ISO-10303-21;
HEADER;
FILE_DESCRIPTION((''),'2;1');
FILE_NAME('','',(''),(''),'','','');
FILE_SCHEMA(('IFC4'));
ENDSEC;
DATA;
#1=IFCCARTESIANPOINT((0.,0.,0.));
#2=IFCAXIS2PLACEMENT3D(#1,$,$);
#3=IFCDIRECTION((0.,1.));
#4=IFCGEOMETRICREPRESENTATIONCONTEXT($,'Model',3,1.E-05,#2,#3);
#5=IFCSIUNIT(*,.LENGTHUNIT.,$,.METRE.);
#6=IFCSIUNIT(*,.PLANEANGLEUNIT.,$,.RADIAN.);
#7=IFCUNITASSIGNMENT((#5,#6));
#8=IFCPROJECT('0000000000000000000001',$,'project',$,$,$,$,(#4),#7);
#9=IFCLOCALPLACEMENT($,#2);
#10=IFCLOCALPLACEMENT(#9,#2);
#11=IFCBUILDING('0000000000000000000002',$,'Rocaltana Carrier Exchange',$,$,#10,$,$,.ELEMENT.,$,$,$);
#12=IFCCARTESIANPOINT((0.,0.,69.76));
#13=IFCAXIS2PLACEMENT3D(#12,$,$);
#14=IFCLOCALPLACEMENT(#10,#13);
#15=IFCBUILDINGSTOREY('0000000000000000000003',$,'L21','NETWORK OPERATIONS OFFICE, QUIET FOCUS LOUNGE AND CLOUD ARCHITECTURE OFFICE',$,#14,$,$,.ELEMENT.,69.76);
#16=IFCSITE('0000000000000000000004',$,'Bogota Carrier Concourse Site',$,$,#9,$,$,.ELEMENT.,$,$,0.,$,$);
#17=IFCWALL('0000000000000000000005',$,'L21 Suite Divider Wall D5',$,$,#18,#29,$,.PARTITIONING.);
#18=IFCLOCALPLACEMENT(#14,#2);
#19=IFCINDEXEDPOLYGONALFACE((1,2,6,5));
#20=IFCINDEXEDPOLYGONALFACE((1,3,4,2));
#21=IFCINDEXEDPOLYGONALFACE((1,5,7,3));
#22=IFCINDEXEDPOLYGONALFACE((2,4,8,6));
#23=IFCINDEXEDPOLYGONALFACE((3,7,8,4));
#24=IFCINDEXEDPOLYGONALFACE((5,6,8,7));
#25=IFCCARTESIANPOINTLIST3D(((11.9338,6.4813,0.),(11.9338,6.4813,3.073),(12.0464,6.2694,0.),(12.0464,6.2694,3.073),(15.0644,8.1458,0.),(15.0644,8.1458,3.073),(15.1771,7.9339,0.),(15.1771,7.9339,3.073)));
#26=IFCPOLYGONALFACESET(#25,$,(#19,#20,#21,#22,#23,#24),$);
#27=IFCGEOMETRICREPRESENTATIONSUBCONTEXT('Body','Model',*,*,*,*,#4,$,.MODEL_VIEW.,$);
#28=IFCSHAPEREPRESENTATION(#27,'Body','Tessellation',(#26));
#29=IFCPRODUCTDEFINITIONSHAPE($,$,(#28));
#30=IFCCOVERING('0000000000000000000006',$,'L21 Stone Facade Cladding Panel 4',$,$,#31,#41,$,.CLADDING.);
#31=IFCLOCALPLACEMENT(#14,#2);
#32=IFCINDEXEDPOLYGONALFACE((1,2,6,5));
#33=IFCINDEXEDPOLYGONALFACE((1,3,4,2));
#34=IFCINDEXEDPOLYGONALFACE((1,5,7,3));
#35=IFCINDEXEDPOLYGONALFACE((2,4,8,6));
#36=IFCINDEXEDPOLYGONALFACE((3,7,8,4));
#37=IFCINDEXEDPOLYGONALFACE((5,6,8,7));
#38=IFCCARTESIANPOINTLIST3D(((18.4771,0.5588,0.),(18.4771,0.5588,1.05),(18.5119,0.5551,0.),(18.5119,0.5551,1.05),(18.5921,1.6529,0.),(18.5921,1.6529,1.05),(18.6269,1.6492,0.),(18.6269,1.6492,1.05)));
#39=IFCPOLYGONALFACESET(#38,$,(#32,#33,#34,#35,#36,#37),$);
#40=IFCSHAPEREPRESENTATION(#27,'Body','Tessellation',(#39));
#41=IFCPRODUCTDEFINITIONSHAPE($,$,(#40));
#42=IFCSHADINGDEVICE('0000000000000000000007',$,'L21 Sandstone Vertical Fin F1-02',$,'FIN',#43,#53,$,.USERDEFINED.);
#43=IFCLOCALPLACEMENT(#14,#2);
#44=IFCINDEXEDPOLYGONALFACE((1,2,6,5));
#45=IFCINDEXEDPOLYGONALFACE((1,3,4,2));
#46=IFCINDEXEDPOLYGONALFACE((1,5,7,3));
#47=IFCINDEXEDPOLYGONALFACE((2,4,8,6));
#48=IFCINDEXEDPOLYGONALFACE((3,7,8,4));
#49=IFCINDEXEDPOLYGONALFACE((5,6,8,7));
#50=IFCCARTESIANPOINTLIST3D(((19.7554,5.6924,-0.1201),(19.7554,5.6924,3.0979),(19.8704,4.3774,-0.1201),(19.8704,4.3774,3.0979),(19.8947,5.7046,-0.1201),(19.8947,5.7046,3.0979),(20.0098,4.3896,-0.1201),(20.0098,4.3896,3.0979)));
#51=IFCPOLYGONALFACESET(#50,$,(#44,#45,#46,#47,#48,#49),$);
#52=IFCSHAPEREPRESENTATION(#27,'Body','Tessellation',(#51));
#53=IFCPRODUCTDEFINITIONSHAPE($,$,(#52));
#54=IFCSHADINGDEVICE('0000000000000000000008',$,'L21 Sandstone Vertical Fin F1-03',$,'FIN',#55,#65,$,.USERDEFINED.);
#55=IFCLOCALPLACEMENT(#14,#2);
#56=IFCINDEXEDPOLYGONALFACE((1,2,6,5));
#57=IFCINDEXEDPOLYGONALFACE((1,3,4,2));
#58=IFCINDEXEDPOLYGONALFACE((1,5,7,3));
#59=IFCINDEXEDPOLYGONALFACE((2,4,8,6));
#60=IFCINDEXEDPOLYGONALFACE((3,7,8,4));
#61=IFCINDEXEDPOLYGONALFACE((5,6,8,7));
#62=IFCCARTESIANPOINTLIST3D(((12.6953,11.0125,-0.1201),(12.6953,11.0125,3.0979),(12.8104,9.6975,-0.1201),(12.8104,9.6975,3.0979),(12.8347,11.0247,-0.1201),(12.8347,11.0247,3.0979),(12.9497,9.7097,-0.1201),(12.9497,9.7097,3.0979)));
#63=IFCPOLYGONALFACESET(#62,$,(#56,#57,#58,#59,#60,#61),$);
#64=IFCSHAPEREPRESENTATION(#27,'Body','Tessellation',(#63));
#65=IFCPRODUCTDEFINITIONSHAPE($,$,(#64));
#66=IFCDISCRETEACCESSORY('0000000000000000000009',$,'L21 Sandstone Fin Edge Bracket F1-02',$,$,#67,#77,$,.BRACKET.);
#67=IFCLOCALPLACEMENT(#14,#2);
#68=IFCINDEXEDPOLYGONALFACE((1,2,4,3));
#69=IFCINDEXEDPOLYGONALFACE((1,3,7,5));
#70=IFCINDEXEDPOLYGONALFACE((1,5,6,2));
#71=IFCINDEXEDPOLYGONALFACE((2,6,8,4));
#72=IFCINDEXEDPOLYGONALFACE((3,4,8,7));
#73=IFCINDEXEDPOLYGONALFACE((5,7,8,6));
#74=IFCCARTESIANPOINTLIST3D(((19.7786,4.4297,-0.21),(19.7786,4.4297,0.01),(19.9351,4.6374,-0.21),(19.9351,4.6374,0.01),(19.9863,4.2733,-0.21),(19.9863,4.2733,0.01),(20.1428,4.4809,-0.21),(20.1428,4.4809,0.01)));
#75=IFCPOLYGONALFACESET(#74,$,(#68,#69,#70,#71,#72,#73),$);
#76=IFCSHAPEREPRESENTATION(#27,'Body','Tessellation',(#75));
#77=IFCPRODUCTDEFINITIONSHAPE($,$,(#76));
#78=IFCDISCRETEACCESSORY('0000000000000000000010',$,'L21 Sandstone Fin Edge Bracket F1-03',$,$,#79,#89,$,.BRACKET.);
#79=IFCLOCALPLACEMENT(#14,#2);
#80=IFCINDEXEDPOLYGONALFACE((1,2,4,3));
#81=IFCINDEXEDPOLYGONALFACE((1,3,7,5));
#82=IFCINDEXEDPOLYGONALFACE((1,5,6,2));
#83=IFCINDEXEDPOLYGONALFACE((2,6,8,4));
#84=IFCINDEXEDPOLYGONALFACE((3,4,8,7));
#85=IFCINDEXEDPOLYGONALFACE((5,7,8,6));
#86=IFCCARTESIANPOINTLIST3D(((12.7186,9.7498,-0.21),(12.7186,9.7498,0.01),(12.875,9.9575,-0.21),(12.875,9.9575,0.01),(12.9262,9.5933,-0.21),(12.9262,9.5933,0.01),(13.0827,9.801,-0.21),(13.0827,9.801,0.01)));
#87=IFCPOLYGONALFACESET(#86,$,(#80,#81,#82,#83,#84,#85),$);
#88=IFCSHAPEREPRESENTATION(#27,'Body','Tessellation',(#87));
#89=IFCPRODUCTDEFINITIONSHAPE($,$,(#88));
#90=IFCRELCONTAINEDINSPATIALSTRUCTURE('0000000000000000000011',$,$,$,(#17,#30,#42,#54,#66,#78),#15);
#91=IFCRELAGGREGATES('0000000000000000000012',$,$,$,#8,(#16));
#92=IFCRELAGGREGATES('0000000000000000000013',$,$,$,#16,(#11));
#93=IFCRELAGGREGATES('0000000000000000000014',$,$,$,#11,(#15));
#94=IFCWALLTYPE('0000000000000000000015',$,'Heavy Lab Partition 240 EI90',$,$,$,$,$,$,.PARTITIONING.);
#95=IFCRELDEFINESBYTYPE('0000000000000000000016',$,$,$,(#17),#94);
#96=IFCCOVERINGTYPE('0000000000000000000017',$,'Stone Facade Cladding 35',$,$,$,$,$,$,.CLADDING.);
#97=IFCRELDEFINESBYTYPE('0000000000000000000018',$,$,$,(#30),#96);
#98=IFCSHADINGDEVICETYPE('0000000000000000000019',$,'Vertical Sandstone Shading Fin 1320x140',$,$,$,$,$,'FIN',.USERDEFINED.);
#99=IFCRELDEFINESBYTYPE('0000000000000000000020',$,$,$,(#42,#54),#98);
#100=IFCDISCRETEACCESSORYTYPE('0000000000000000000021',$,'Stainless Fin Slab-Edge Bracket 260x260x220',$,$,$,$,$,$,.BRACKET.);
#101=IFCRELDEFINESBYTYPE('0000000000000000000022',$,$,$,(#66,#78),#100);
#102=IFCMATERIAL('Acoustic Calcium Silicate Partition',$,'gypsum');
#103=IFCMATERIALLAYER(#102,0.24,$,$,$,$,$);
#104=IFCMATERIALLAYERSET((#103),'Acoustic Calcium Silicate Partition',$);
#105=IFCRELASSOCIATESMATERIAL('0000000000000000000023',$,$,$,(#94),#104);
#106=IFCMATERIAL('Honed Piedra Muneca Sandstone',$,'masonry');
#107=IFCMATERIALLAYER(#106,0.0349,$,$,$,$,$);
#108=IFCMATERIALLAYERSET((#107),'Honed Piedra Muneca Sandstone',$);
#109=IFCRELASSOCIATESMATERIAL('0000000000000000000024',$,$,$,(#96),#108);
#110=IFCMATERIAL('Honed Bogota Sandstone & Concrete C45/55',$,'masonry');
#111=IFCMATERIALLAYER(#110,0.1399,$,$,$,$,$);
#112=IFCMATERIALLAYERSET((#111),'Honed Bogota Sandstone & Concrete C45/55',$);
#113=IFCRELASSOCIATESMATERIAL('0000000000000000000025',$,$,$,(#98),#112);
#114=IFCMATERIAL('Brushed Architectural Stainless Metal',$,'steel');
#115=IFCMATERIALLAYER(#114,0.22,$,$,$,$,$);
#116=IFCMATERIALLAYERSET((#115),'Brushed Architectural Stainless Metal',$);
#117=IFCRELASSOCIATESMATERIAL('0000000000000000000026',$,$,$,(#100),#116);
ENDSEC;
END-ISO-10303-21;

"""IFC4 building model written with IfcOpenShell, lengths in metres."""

from ifc_helpers import new_model, si_unit, direction, frame, frame_2d, origin, origin_2d, place, context, subcontext, project, spatial, rectangle, extrude, material, layer, layer_set, type_object, element, save


model = new_model("IFC4")

# Units and contexts
model_context = context("Model", 3, precision=1e-05, world=origin(), true_north=direction((0.0, 1.0)))
body_context = subcontext(model_context, "Body", "Model", "MODEL_VIEW")
ifc_project = project(units=[si_unit("LENGTHUNIT", "METRE"), si_unit("PLANEANGLEUNIT", "RADIAN")], contexts=[model_context])

# Site, building, storey
site_placement = place(None, origin())
site = spatial("IfcSite", under=ifc_project, at=site_placement, Name="Bogota Carrier Concourse Site", CompositionType="ELEMENT", RefElevation=0.0)
building_placement = place(site_placement, origin())
building = spatial("IfcBuilding", under=site, at=building_placement, Name="Rocaltana Carrier Exchange", CompositionType="ELEMENT")
storey_placement = place(building_placement, frame((0.0, 0.0, 69.76)))
storey = spatial("IfcBuildingStorey", under=building, at=storey_placement, Name="L21", Description="NETWORK OPERATIONS OFFICE, QUIET FOCUS LOUNGE AND CLOUD ARCHITECTURE OFFICE", CompositionType="ELEMENT", Elevation=69.76)

# Wall
ifc_material_1 = material(Name="Acoustic Calcium Silicate Partition", Category="gypsum")
ifc_layer_1 = layer(ifc_material_1, 0.24)
ifc_layer_set_1 = layer_set([ifc_layer_1], Name="Acoustic Calcium Silicate Partition")
wall_type_1 = type_object("IfcWallType", Name="Heavy Lab Partition 240 EI90", PredefinedType="PARTITIONING", material=ifc_layer_set_1)
wall_1_placement = place(storey_placement, frame((11.99, 6.3752, 0.0), z_axis=(0.0, 0.0, 1.0), x_axis=(0.882951, 0.469466, 0.0)))
element("IfcWall", 1, at=wall_1_placement, inside=storey, type_object=wall_type_1, Name="L21 Suite Divider Wall D5", PredefinedType="PARTITIONING", context=body_context, shape_type="SweptSolid", body=[
    extrude(rectangle(XDim=3.5457, YDim=0.24, at=frame_2d((1.7729, 0.0))), origin(), (0.0, 0.0, 1.0), 3.073),
])

# Covering
ifc_material_2 = material(Name="Honed Piedra Muneca Sandstone", Category="masonry")
ifc_layer_2 = layer(ifc_material_2, 0.0349)
ifc_layer_set_2 = layer_set([ifc_layer_2], Name="Honed Piedra Muneca Sandstone")
covering_type = type_object("IfcCoveringType", Name="Stone Facade Cladding 35", PredefinedType="CLADDING", material=ifc_layer_set_2)
covering_placement = place(storey_placement, frame((18.552, 1.104, 0.0), z_axis=(0.0, 0.0, 1.0), x_axis=(0.104528, 0.994522, 0.0)))
element("IfcCovering", 2, at=covering_placement, inside=storey, type_object=covering_type, Name="L21 Stone Facade Cladding Panel 4", PredefinedType="CLADDING", context=body_context, shape_type="SweptSolid", body=[
    extrude(rectangle(XDim=1.1001, YDim=0.0349, at=origin_2d()), origin(), (0.0, 0.0, 1.0), 1.05),
])

# Shading devices
ifc_material_3 = material(Name="Honed Bogota Sandstone & Concrete C45/55", Category="masonry")
ifc_layer_3 = layer(ifc_material_3, 0.1399)
ifc_layer_set_3 = layer_set([ifc_layer_3], Name="Honed Bogota Sandstone & Concrete C45/55")
shading_device_type = type_object("IfcShadingDeviceType", Name="Vertical Sandstone Shading Fin 1320x140", ElementType="FIN", PredefinedType="USERDEFINED", material=ifc_layer_set_3)
for number, where, z_axis, x_axis, name in (
    (3, (19.8826, 5.041, -0.1201), (0.0, 0.0, 1.0), (-0.087156, 0.996195, 0.0), "L21 Sandstone Vertical Fin F1-02"),
    (4, (12.8225, 10.3611, -0.1201), (0.0, 0.0, 1.0), (-0.087156, 0.996195, 0.0), "L21 Sandstone Vertical Fin F1-03"),
):
    element("IfcShadingDevice", number, at=place(storey_placement, frame(where, z_axis=z_axis, x_axis=x_axis)), inside=storey, type_object=shading_device_type, Name=name, ObjectType="FIN", PredefinedType="USERDEFINED", context=body_context, shape_type="SweptSolid", body=[
        extrude(rectangle(XDim=1.3201, YDim=0.1399, at=origin_2d()), origin(), (0.0, 0.0, 1.0), 3.218),
    ])

# Discrete accessories
ifc_material_4 = material(Name="Brushed Architectural Stainless Metal", Category="steel")
ifc_layer_4 = layer(ifc_material_4, 0.22)
ifc_layer_set_4 = layer_set([ifc_layer_4], Name="Brushed Architectural Stainless Metal")
discrete_accessory_type = type_object("IfcDiscreteAccessoryType", Name="Stainless Fin Slab-Edge Bracket 260x260x220", PredefinedType="BRACKET", material=ifc_layer_set_4)
for number, where, z_axis, x_axis, name in (
    (5, (19.9607, 4.4553, -0.21), (0.0, 0.0, 1.0), (-0.798636, 0.601815, 0.0), "L21 Sandstone Fin Edge Bracket F1-02"),
    (6, (12.9006, 9.7754, -0.21), (0.0, 0.0, 1.0), (-0.798636, 0.601815, 0.0), "L21 Sandstone Fin Edge Bracket F1-03"),
):
    element("IfcDiscreteAccessory", number, at=place(storey_placement, frame(where, z_axis=z_axis, x_axis=x_axis)), inside=storey, type_object=discrete_accessory_type, Name=name, PredefinedType="BRACKET", context=body_context, shape_type="SweptSolid", body=[
        extrude(rectangle(XDim=0.26, YDim=0.26, at=origin_2d()), origin(), (0.0, 0.0, 1.0), 0.22),
    ])

save(model, "model.ifc")
